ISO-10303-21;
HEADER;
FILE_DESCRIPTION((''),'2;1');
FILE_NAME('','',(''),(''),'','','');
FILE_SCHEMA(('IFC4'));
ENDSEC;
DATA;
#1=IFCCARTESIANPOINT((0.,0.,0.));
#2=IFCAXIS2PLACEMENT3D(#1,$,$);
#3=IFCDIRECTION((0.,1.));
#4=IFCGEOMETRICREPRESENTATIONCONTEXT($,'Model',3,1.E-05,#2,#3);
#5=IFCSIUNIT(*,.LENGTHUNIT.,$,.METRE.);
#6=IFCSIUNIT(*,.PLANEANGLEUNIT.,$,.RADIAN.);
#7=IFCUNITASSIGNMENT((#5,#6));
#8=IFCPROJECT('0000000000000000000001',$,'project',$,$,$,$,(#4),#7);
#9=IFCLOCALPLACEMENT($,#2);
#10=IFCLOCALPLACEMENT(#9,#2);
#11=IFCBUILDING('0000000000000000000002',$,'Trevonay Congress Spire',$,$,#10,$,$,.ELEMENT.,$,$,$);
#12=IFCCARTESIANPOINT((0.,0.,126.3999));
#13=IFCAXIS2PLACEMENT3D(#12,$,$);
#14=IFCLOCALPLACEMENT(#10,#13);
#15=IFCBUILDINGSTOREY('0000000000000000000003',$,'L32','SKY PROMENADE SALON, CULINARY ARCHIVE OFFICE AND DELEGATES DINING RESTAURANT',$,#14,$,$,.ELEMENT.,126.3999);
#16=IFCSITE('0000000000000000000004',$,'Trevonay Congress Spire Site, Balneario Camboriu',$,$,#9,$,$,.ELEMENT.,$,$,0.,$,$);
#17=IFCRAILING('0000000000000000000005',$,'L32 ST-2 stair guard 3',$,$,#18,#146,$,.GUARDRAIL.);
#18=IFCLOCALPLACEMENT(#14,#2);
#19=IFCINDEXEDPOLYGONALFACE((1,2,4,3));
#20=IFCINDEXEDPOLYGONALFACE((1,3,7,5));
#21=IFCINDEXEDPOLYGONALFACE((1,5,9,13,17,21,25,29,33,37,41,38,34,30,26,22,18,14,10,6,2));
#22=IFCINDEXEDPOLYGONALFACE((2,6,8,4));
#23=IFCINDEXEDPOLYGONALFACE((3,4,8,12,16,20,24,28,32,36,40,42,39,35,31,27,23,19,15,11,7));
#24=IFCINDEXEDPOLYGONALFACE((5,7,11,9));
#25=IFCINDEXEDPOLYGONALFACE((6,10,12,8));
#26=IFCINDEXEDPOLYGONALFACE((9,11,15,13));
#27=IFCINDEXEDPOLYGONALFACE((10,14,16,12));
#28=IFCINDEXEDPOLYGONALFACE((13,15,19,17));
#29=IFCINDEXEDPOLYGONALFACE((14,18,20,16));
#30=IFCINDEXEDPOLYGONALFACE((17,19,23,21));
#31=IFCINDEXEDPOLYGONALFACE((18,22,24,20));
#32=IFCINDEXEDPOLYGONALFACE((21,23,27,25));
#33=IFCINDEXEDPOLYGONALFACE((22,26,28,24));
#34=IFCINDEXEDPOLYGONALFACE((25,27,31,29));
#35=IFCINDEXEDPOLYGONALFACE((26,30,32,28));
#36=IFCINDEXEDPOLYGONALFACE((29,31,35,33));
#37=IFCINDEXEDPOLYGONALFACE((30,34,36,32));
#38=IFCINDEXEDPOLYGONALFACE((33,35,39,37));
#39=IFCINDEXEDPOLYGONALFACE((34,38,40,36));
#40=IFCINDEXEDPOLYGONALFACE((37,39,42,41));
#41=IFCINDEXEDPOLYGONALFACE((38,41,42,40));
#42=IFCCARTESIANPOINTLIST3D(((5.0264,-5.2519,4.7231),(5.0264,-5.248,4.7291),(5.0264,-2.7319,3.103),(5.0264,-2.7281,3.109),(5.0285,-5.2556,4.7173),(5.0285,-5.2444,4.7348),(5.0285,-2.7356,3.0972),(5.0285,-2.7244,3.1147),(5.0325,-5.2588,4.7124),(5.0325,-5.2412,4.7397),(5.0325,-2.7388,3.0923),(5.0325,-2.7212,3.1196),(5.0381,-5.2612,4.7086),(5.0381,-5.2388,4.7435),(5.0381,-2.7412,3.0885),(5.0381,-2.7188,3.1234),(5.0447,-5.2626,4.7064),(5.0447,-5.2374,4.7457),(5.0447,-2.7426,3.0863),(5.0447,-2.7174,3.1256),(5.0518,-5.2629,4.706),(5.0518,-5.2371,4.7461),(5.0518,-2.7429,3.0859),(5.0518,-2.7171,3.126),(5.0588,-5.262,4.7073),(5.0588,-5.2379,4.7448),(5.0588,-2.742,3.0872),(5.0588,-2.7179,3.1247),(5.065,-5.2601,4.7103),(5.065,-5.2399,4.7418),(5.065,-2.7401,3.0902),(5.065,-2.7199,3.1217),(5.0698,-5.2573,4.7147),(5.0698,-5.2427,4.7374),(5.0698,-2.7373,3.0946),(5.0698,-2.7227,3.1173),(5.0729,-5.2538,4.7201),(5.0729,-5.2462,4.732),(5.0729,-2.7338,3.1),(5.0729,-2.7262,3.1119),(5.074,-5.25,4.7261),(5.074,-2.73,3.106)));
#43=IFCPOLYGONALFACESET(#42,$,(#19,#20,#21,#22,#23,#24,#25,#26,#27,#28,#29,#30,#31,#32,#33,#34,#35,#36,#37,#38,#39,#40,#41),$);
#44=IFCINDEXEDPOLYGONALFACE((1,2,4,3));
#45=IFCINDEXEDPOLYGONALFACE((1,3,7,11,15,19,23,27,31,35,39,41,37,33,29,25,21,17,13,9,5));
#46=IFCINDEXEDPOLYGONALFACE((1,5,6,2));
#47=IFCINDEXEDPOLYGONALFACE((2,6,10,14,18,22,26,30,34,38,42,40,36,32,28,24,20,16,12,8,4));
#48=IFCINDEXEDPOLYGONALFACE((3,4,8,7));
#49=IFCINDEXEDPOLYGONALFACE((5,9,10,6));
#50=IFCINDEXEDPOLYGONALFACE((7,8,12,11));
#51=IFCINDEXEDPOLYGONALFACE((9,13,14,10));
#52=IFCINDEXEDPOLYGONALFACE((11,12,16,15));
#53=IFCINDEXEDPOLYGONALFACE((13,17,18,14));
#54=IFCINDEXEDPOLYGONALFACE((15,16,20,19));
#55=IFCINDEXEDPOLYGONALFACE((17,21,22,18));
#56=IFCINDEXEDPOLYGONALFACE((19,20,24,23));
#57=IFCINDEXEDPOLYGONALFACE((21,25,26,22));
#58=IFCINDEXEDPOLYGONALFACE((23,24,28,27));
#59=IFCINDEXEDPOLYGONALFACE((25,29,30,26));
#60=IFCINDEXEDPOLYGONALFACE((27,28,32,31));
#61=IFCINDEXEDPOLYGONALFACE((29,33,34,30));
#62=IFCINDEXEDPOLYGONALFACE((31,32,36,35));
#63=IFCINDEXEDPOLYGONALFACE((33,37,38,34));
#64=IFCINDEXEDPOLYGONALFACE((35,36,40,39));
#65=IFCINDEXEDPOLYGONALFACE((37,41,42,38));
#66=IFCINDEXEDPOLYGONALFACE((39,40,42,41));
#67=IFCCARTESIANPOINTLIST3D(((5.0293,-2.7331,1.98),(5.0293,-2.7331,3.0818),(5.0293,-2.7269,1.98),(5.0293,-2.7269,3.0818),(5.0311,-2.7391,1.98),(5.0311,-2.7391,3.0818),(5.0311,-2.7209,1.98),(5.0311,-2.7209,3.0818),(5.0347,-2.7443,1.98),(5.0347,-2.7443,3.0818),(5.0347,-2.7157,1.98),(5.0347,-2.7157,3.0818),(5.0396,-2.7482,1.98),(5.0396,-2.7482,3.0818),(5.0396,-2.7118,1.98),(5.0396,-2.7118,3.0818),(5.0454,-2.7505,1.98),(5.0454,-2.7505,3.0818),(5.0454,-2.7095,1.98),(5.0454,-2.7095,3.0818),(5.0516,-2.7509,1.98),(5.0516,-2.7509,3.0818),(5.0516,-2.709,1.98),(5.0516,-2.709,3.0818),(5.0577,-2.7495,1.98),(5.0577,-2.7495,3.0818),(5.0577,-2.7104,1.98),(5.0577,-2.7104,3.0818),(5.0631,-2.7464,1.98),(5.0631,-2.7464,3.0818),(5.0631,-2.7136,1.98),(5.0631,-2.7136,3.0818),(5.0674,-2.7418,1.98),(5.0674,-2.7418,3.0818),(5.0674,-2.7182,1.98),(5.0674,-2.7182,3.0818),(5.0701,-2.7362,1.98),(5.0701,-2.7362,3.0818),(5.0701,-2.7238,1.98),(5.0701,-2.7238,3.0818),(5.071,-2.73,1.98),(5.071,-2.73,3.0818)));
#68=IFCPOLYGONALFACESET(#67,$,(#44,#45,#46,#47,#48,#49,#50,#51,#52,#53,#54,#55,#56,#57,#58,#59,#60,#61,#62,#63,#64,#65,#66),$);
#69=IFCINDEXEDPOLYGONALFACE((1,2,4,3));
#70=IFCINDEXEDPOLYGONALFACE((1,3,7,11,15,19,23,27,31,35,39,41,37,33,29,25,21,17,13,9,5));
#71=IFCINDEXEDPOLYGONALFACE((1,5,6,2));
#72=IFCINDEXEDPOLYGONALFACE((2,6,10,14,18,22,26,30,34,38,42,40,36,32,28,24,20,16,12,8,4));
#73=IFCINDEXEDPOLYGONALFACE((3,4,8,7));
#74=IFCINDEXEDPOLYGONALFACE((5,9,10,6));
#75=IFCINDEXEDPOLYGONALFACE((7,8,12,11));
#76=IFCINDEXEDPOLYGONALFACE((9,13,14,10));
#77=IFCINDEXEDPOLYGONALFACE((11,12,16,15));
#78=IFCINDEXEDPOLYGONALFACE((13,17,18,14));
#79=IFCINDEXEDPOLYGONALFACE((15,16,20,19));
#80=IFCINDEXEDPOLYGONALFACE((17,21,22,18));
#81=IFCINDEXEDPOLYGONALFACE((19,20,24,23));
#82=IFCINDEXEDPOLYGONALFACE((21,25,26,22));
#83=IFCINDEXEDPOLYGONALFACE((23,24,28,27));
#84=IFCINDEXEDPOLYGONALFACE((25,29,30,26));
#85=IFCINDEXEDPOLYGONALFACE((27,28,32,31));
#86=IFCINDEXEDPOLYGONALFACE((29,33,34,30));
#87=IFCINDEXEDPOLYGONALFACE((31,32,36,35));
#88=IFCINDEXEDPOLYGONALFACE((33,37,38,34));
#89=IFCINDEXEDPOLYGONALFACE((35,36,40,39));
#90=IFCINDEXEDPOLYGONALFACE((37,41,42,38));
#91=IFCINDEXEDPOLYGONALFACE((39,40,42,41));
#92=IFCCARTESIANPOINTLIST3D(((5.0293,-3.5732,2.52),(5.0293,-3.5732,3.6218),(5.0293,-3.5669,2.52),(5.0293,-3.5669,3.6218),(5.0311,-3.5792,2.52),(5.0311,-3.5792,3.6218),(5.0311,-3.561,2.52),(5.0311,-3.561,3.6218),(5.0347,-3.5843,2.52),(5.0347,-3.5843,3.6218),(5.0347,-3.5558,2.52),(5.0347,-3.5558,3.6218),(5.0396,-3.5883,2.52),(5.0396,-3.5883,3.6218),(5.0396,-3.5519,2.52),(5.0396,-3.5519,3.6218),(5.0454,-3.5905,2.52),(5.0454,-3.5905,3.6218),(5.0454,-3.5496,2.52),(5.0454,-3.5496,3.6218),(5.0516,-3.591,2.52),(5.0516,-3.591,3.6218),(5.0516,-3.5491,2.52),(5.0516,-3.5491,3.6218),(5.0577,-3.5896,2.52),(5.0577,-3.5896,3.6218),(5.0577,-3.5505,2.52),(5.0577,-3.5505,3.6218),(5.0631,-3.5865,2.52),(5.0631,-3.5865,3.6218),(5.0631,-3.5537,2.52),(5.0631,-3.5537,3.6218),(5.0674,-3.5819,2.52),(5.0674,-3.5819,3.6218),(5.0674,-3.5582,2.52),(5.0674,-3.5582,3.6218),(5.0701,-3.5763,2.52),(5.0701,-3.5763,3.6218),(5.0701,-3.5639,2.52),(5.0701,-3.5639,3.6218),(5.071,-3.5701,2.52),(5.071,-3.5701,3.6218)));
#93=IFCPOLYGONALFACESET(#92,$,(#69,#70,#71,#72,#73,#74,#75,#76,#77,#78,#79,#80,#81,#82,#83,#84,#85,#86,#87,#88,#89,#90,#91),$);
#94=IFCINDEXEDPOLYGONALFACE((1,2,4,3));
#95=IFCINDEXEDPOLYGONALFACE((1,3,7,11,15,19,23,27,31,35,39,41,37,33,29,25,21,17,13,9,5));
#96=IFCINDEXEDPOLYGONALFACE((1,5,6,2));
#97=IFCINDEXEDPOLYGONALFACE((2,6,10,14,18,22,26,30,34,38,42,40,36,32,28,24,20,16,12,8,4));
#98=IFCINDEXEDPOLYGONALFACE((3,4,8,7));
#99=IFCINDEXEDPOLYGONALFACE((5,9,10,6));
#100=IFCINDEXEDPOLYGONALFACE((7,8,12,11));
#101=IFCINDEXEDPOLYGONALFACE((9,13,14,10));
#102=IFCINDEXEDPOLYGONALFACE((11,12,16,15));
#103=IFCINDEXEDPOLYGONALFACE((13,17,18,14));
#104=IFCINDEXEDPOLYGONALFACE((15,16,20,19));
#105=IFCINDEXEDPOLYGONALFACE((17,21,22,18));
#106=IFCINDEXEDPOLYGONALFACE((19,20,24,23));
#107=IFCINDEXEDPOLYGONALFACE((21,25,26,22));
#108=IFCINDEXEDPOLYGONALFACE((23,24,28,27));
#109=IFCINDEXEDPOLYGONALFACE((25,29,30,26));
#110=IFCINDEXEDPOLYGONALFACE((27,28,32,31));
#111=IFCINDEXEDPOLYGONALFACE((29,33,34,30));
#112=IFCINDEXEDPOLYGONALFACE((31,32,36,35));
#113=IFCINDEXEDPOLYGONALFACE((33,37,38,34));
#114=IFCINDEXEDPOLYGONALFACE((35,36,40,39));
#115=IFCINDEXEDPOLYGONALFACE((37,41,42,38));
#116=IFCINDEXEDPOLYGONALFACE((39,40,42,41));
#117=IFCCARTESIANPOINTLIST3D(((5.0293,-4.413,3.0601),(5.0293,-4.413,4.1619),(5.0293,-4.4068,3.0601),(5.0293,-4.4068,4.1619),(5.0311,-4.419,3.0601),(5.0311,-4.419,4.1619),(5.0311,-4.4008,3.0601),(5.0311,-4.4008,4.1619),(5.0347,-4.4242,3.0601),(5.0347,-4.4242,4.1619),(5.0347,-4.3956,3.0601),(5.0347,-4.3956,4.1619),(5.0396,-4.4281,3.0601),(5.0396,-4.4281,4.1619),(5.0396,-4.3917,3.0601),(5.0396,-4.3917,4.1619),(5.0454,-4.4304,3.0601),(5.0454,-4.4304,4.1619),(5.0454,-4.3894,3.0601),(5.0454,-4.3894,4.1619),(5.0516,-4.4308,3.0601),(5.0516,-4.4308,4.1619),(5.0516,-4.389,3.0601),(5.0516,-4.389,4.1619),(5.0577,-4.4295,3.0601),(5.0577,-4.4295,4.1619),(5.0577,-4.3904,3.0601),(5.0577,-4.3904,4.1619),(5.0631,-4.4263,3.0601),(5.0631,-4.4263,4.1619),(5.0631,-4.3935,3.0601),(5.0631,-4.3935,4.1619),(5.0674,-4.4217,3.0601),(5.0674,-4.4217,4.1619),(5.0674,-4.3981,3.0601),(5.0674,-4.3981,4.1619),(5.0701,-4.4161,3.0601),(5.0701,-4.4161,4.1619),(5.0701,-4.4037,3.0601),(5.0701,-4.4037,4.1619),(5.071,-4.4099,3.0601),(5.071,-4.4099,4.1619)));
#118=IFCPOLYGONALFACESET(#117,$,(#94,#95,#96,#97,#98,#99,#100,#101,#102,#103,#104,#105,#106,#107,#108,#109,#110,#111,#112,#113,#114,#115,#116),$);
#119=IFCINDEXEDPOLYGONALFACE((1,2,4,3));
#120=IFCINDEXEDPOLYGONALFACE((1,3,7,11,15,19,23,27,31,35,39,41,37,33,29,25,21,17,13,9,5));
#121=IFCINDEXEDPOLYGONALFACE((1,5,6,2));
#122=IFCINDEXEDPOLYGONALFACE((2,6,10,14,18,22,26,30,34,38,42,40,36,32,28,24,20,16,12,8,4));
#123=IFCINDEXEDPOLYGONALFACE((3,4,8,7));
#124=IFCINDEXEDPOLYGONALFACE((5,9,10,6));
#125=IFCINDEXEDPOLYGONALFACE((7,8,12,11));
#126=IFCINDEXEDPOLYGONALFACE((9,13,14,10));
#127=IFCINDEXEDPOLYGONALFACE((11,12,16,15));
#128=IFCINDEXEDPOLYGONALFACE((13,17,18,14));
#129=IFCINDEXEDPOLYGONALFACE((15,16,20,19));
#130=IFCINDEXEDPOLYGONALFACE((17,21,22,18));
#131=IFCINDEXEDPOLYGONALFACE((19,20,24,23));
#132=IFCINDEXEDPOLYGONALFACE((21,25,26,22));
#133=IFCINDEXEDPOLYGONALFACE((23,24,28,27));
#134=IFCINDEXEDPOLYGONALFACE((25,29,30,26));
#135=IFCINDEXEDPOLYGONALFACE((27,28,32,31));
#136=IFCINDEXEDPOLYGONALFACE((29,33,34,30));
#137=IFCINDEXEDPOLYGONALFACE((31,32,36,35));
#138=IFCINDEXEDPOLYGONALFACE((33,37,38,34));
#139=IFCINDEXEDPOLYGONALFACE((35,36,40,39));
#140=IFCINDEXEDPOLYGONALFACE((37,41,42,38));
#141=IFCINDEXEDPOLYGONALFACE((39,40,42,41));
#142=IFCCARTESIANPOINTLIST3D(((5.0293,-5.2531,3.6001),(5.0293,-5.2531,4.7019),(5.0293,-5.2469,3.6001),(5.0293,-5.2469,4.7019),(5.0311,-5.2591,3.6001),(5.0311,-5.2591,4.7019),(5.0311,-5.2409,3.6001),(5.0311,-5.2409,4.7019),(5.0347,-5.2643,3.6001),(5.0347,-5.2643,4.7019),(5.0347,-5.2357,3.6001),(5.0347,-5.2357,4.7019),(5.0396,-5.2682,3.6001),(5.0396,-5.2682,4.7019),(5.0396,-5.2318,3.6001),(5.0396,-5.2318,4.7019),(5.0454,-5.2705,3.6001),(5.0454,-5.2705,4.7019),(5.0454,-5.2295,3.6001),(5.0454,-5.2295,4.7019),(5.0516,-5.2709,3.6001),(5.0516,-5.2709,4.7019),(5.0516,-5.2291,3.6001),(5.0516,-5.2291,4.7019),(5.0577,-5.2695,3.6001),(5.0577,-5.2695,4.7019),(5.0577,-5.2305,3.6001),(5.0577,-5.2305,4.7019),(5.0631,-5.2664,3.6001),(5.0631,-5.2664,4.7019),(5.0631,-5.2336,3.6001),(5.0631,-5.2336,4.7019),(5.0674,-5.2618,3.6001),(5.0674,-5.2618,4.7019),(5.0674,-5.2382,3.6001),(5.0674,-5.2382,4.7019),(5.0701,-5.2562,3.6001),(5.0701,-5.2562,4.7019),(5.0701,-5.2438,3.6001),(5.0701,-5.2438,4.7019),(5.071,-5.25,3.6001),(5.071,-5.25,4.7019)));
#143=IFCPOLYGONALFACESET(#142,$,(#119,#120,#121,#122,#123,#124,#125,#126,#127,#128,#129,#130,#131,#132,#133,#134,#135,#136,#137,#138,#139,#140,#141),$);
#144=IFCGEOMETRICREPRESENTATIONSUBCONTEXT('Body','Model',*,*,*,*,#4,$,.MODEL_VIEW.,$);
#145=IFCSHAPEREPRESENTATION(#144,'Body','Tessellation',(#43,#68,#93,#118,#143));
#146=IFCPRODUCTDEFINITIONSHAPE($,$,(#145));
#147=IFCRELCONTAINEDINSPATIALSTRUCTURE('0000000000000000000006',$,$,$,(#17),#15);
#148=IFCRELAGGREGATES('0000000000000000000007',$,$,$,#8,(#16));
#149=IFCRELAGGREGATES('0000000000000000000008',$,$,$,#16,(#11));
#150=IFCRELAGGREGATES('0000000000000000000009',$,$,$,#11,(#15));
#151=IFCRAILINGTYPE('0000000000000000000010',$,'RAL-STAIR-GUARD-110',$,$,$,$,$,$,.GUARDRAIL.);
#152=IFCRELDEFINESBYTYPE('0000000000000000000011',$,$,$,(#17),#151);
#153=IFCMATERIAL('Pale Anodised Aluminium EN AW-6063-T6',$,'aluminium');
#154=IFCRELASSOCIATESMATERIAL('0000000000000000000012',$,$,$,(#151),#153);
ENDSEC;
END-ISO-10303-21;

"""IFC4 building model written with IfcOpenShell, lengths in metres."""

from ifc_helpers import new_model, si_unit, direction, frame, origin, origin_2d, place, context, subcontext, project, spatial, circle, extrude, material, type_object, element, save


model = new_model("IFC4")

# Units and contexts
model_context = context("Model", 3, precision=1e-05, world=origin(), true_north=direction((0.0, 1.0)))
body_context = subcontext(model_context, "Body", "Model", "MODEL_VIEW")
ifc_project = project(units=[si_unit("LENGTHUNIT", "METRE"), si_unit("PLANEANGLEUNIT", "RADIAN")], contexts=[model_context])

# Site, building, storey
site_placement = place(None, origin())
site = spatial("IfcSite", under=ifc_project, at=site_placement, Name="Trevonay Congress Spire Site, Balneario Camboriu", CompositionType="ELEMENT", RefElevation=0.0)
building_placement = place(site_placement, origin())
building = spatial("IfcBuilding", under=site, at=building_placement, Name="Trevonay Congress Spire", CompositionType="ELEMENT")
storey_placement = place(building_placement, frame((0.0, 0.0, 126.3999)))
storey = spatial("IfcBuildingStorey", under=building, at=storey_placement, Name="L32", Description="SKY PROMENADE SALON, CULINARY ARCHIVE OFFICE AND DELEGATES DINING RESTAURANT", CompositionType="ELEMENT", Elevation=126.3999)

# Shared definitions
ifc_material_1 = material(Name="Pale Anodised Aluminium EN AW-6063-T6", Category="aluminium")

# Railing
railing_type_1 = type_object("IfcRailingType", Name="RAL-STAIR-GUARD-110", PredefinedType="GUARDRAIL", material=ifc_material_1)
railing_1_placement = place(storey_placement, frame((5.05, -2.73, 1.98)))
element("IfcRailing", 1, at=railing_1_placement, inside=storey, type_object=railing_type_1, Name="L32 ST-2 stair guard 3", PredefinedType="GUARDRAIL", context=body_context, shape_type="SweptSolid", body=[
    extrude(circle(Radius=0.0239, at=origin_2d()), frame((0.0, 0.0, 1.126), z_axis=(0.0, -0.841163, 0.540782), x_axis=(1.0, 0.0, 0.0)), (0.0, 0.0, 1.0), 2.9958),
    extrude(circle(Radius=0.021, at=origin_2d()), origin(), (0.0, 0.0, 1.0), 1.1018),
    extrude(circle(Radius=0.021, at=origin_2d()), frame((0.0, -0.8401, 0.54)), (0.0, 0.0, 1.0), 1.1018),
    extrude(circle(Radius=0.021, at=origin_2d()), frame((0.0, -1.6799, 1.0801)), (0.0, 0.0, 1.0), 1.1018),
    extrude(circle(Radius=0.021, at=origin_2d()), frame((0.0, -2.52, 1.6201)), (0.0, 0.0, 1.0), 1.1018),
])

save(model, "model.ifc")
